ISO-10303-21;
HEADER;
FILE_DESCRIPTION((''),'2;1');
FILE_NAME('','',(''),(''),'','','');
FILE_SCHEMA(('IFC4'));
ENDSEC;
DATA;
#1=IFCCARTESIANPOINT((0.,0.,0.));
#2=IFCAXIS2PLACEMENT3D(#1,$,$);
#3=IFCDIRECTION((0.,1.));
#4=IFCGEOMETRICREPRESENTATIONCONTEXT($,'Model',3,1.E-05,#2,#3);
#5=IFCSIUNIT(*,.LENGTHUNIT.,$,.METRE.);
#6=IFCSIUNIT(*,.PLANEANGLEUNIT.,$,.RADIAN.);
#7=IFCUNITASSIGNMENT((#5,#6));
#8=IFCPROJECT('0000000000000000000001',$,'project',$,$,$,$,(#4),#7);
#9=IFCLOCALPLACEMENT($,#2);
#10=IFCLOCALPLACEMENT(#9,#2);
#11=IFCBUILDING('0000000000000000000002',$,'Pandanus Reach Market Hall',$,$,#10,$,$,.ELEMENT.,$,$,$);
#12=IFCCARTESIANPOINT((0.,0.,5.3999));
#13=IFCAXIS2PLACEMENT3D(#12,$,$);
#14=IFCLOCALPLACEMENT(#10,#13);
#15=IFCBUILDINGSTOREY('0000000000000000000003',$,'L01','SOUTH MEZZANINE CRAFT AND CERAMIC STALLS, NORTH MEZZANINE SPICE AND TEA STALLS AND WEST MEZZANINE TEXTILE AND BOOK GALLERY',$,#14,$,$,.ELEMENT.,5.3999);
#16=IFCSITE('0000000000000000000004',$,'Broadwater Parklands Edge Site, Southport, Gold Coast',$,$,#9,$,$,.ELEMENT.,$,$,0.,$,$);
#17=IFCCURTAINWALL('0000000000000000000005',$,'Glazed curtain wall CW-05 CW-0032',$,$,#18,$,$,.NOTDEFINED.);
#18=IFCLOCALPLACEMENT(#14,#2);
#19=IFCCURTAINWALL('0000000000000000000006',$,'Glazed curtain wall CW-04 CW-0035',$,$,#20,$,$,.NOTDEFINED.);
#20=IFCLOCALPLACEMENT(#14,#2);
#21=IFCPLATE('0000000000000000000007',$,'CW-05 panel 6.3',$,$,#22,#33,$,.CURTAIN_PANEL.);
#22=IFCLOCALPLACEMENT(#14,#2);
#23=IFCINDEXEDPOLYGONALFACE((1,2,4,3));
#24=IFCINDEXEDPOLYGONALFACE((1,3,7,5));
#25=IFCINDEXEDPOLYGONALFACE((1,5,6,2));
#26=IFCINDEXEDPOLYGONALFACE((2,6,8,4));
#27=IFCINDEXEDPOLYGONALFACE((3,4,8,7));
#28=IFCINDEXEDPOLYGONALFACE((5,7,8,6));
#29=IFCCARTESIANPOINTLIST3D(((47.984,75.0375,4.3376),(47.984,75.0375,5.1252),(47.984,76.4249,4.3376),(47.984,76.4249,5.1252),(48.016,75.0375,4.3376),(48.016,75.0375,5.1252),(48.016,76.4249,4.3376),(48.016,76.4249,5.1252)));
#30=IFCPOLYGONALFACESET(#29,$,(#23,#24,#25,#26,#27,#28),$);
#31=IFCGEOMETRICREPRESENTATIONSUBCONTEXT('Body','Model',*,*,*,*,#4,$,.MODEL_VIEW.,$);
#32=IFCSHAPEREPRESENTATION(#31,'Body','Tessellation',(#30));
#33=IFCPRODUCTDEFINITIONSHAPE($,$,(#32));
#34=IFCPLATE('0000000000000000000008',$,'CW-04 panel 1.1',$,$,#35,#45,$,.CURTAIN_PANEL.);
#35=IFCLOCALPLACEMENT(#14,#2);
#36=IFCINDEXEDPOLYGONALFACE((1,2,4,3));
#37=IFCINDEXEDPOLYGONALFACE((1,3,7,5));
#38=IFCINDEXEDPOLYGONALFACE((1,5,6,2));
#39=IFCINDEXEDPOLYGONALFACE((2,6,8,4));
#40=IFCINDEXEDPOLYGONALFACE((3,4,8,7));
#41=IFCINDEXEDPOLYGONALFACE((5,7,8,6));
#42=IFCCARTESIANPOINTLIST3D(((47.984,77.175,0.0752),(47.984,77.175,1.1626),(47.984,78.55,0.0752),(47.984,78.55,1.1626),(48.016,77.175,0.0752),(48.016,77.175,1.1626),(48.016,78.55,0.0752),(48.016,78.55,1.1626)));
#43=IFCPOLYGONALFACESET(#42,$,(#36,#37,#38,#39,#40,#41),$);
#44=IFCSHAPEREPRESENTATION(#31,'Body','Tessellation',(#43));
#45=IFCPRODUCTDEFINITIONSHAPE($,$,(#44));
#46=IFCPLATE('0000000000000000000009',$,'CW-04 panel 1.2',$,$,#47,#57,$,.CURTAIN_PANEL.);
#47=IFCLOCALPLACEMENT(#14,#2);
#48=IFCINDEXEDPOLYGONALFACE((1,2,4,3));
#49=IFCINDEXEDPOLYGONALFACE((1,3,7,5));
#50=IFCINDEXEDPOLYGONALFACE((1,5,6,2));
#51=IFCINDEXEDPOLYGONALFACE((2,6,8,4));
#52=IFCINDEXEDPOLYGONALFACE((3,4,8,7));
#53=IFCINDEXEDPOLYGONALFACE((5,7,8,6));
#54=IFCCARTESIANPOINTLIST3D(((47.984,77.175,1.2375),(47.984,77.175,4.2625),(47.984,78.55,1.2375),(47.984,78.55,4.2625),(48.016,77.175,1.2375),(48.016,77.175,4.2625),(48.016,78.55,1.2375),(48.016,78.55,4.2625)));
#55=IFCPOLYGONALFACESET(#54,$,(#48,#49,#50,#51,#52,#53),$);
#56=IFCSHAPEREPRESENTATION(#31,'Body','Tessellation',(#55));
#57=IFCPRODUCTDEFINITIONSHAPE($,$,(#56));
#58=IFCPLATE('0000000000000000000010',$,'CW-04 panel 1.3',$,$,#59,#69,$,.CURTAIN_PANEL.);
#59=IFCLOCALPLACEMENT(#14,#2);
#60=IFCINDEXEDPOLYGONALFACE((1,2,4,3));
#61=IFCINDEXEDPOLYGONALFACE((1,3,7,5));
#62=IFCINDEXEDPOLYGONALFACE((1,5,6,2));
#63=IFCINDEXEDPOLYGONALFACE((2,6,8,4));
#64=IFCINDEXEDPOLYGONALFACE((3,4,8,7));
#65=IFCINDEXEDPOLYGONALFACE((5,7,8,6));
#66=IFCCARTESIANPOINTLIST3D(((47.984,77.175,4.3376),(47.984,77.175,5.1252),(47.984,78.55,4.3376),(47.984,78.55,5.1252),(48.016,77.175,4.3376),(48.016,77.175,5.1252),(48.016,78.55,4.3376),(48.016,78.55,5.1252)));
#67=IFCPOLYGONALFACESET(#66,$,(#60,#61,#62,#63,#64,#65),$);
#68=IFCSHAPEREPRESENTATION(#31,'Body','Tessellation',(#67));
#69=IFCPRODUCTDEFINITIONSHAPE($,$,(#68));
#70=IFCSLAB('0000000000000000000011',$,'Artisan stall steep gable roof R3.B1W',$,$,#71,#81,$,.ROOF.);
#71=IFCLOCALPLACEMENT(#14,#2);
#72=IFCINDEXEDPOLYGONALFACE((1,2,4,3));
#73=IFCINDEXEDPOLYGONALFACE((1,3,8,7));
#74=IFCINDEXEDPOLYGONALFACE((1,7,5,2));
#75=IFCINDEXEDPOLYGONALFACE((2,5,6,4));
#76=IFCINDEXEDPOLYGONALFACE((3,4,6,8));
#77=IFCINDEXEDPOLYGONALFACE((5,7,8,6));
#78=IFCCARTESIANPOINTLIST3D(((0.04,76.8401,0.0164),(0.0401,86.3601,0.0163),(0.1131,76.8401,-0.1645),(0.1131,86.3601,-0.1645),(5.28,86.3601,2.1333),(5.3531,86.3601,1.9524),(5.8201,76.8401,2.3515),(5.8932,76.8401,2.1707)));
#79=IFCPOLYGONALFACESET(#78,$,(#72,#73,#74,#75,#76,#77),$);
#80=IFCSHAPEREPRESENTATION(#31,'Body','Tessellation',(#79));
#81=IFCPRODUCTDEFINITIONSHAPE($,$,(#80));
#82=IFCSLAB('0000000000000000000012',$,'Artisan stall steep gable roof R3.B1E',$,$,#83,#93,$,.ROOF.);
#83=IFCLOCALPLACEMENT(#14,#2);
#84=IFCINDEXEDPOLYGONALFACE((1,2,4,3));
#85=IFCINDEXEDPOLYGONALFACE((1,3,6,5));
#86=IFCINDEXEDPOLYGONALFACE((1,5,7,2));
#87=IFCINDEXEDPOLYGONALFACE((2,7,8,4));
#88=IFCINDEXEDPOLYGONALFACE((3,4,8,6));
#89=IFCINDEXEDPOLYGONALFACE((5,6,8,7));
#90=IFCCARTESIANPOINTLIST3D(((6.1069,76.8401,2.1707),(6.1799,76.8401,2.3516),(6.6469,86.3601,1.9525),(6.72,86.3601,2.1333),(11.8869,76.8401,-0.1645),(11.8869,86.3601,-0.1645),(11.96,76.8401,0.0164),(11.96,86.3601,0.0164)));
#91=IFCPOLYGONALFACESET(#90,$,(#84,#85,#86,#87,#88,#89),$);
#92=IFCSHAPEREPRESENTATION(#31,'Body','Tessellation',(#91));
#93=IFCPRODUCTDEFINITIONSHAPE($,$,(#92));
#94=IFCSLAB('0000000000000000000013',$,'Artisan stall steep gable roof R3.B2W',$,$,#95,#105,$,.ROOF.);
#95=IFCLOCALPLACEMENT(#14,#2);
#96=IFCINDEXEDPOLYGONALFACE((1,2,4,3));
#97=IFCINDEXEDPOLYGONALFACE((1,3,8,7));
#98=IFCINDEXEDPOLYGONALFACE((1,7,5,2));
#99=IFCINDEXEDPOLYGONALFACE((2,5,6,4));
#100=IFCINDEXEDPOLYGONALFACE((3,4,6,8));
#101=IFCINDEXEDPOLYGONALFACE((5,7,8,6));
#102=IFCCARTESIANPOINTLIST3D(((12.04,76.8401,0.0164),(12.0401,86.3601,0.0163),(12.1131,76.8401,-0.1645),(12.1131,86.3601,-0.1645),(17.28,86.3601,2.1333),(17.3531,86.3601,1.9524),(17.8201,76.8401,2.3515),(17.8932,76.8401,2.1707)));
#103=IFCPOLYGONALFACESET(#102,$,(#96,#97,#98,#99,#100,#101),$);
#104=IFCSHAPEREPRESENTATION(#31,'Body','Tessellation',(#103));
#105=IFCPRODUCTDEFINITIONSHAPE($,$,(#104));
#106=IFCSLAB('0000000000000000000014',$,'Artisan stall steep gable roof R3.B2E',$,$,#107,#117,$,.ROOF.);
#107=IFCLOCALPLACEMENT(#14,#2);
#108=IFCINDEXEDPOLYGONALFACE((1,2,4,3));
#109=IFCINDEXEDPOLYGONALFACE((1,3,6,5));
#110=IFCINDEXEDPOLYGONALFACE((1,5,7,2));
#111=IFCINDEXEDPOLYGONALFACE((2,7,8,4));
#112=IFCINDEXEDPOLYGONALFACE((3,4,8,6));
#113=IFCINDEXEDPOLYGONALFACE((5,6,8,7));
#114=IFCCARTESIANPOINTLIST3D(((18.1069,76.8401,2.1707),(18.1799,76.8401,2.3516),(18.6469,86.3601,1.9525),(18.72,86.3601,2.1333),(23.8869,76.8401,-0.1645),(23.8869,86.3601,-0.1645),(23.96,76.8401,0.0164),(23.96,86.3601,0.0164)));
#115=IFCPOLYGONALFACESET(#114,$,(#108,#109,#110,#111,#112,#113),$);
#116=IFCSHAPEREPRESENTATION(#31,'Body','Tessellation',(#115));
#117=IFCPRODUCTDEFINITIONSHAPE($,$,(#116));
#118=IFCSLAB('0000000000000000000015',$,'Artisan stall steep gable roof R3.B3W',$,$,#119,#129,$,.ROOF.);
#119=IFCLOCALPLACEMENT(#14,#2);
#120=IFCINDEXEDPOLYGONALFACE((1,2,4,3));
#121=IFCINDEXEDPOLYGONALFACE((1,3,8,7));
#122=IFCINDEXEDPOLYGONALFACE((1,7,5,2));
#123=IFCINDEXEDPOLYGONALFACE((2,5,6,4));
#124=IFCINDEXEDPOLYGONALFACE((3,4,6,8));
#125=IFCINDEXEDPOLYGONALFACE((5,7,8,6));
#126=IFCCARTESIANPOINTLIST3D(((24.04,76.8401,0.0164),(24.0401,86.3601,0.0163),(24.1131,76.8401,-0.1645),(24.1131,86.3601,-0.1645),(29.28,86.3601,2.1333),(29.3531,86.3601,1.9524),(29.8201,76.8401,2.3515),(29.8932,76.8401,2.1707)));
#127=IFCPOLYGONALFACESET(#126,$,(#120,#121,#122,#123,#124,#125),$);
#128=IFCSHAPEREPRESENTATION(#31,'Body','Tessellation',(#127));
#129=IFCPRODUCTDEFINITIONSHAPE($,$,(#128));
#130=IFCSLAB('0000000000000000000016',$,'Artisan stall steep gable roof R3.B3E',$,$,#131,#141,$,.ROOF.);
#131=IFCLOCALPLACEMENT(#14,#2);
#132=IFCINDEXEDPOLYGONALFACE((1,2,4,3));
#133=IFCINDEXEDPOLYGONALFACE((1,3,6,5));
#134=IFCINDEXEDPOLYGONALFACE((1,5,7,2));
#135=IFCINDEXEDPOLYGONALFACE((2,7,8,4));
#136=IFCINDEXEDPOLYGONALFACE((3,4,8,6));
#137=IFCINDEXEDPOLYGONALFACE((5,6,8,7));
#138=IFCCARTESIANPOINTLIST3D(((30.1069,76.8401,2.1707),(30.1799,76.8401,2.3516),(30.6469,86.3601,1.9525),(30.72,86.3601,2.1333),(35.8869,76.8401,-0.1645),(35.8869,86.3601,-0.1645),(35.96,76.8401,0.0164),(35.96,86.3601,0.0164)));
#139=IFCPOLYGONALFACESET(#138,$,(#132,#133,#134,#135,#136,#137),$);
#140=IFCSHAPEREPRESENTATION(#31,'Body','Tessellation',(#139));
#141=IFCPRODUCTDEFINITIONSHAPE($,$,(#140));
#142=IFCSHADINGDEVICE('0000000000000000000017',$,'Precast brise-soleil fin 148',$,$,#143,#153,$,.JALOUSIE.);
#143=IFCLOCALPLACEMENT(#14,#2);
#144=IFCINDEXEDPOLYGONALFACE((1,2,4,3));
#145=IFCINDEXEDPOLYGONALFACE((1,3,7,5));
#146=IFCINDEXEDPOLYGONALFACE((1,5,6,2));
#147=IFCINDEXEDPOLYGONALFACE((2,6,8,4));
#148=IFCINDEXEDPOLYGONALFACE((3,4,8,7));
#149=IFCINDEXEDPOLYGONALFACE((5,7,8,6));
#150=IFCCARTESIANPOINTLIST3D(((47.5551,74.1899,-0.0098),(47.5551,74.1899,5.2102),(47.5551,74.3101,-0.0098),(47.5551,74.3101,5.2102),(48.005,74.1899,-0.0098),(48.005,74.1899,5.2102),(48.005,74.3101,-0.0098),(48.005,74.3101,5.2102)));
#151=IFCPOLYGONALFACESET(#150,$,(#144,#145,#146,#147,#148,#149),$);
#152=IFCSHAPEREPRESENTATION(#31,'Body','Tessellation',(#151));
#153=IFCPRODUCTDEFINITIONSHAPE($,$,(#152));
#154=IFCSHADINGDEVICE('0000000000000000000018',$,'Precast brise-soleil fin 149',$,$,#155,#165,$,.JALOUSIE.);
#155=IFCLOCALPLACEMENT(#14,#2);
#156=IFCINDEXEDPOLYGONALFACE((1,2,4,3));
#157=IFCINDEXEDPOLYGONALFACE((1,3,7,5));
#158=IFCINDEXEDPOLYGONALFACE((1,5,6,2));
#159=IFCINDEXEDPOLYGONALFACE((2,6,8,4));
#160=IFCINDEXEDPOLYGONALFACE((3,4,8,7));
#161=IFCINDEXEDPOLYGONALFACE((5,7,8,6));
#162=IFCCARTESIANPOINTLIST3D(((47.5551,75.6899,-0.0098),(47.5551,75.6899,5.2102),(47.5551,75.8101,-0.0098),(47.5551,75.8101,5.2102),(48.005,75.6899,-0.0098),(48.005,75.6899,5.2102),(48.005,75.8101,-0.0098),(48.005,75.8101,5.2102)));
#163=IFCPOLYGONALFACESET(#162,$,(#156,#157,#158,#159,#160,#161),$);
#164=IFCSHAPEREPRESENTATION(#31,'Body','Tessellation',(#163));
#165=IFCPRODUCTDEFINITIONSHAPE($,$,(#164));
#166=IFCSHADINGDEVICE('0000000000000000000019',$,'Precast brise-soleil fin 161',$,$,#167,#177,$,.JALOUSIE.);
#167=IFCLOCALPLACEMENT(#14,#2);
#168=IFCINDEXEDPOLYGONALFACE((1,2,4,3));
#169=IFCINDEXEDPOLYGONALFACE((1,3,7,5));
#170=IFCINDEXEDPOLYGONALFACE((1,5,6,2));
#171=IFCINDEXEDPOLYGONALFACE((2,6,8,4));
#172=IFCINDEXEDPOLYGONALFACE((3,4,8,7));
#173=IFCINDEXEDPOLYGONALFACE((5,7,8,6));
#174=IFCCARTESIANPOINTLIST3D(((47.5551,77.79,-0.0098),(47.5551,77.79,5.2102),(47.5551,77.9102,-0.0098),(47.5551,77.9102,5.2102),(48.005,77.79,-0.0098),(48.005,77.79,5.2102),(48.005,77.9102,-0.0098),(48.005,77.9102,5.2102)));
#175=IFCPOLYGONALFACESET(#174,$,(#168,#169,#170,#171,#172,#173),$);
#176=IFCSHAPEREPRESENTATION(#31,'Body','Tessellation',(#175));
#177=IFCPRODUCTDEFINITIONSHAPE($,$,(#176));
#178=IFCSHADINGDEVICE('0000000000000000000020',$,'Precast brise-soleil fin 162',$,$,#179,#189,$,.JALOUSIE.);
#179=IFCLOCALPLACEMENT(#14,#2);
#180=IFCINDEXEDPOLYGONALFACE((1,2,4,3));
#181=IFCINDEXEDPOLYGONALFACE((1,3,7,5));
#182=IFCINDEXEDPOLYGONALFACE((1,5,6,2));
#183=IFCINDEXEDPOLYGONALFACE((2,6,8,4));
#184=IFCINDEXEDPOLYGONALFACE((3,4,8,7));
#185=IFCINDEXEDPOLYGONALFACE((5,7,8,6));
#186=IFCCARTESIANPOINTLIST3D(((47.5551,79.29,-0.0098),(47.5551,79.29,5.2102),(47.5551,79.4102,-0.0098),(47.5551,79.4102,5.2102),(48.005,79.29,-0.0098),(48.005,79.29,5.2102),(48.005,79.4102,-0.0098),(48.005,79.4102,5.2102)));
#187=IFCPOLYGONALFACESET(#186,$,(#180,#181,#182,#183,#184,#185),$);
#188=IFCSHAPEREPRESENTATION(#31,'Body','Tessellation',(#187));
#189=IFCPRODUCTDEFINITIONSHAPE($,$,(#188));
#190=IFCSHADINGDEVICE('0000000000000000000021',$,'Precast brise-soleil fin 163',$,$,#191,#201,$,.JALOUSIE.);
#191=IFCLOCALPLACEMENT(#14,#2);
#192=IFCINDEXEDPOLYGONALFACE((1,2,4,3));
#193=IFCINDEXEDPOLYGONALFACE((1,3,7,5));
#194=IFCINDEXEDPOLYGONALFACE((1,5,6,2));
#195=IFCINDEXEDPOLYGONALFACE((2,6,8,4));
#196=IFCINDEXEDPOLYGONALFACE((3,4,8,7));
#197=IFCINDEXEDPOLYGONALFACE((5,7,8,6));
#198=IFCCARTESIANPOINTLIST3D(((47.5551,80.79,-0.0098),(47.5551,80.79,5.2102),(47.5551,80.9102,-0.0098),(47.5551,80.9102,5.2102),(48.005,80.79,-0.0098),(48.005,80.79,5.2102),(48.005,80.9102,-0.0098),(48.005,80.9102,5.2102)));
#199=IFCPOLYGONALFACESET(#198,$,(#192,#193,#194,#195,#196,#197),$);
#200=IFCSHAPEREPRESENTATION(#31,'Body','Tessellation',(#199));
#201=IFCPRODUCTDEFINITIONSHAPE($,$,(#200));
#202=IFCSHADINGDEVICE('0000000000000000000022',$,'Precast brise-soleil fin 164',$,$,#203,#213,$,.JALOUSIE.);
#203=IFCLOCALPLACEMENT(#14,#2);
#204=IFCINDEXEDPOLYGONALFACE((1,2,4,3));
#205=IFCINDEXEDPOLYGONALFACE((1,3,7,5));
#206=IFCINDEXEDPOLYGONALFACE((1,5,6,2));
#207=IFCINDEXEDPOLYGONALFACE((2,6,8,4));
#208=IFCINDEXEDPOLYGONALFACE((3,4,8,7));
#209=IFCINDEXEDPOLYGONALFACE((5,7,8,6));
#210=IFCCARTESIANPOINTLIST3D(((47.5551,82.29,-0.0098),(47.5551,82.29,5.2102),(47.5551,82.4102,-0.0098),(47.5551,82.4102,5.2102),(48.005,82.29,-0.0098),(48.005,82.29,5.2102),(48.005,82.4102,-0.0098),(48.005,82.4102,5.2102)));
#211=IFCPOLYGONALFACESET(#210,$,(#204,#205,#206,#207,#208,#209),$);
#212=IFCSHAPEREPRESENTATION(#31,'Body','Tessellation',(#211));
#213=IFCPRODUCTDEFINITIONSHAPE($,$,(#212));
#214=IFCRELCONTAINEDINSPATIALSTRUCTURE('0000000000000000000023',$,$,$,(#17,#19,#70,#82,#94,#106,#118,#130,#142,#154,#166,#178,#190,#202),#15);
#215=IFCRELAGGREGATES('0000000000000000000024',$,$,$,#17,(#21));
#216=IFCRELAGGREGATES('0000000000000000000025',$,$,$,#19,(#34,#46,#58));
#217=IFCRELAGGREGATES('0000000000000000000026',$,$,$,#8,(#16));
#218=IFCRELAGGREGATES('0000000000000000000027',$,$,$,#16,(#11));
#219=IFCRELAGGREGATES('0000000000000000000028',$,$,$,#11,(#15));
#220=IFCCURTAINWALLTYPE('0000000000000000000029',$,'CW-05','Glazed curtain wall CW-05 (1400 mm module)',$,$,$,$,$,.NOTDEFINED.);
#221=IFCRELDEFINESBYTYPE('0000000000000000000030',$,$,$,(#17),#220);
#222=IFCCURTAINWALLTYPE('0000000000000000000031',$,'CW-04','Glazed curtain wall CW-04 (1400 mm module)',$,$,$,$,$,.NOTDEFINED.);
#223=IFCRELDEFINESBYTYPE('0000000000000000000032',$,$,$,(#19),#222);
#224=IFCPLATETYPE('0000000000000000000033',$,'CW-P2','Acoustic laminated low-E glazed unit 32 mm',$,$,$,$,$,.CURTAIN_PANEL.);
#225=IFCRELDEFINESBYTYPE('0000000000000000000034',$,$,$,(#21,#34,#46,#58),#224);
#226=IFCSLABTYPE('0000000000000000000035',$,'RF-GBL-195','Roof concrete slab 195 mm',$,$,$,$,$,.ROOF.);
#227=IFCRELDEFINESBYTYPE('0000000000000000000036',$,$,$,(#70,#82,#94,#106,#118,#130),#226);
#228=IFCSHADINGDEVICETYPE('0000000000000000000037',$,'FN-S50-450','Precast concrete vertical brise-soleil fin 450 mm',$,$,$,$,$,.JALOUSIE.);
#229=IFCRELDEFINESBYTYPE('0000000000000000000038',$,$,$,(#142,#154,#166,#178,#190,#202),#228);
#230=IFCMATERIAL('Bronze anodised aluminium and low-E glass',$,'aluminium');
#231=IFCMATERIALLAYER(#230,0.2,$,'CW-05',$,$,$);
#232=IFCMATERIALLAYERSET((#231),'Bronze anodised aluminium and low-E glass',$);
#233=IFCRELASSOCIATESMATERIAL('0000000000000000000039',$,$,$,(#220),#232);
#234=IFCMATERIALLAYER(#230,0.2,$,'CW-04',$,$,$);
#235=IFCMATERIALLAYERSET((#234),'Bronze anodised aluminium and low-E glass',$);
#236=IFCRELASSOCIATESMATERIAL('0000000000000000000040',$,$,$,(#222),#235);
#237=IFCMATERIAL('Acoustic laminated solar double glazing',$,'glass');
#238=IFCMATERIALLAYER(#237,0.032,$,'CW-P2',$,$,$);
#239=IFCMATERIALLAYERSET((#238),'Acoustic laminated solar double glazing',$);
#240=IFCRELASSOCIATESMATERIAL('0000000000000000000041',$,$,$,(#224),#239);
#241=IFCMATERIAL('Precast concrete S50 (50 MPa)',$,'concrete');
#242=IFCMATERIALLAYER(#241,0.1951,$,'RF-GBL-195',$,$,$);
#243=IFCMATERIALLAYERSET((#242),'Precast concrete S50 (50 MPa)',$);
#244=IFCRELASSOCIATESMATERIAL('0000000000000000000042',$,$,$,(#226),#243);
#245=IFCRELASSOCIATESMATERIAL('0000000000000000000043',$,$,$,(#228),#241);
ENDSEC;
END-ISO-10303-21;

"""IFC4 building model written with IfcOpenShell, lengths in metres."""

from ifc_helpers import new_model, si_unit, direction, frame, origin, origin_2d, place, context, subcontext, project, spatial, polyline, rectangle, outline, extrude, material, layer, layer_set, type_object, element, aggregate, save


model = new_model("IFC4")

# Units and contexts
model_context = context("Model", 3, precision=1e-05, world=origin(), true_north=direction((0.0, 1.0)))
body_context = subcontext(model_context, "Body", "Model", "MODEL_VIEW")
ifc_project = project(units=[si_unit("LENGTHUNIT", "METRE"), si_unit("PLANEANGLEUNIT", "RADIAN")], contexts=[model_context])

# Site, building, storey
site_placement = place(None, origin())
site = spatial("IfcSite", under=ifc_project, at=site_placement, Name="Broadwater Parklands Edge Site, Southport, Gold Coast", CompositionType="ELEMENT", RefElevation=0.0)
building_placement = place(site_placement, origin())
building = spatial("IfcBuilding", under=site, at=building_placement, Name="Pandanus Reach Market Hall", CompositionType="ELEMENT")
storey_placement = place(building_placement, frame((0.0, 0.0, 5.3999)))
storey = spatial("IfcBuildingStorey", under=building, at=storey_placement, Name="L01", Description="SOUTH MEZZANINE CRAFT AND CERAMIC STALLS, NORTH MEZZANINE SPICE AND TEA STALLS AND WEST MEZZANINE TEXTILE AND BOOK GALLERY", CompositionType="ELEMENT", Elevation=5.3999)

# Curtain walls
ifc_material_1 = material(Name="Bronze anodised aluminium and low-E glass", Category="aluminium")
ifc_layer_1 = layer(ifc_material_1, 0.2, Name="CW-05")
ifc_layer_set_1 = layer_set([ifc_layer_1], Name="Bronze anodised aluminium and low-E glass")
curtain_wall_type_1 = type_object("IfcCurtainWallType", Name="CW-05", Description="Glazed curtain wall CW-05 (1400 mm module)", PredefinedType="NOTDEFINED", material=ifc_layer_set_1)
curtain_wall_1_placement = place(storey_placement, origin())
curtain_wall_1 = element("IfcCurtainWall", 1, at=curtain_wall_1_placement, inside=storey, type_object=curtain_wall_type_1, Name="Glazed curtain wall CW-05 CW-0032", PredefinedType="NOTDEFINED")
ifc_layer_2 = layer(ifc_material_1, 0.2, Name="CW-04")
ifc_layer_set_2 = layer_set([ifc_layer_2], Name="Bronze anodised aluminium and low-E glass")
curtain_wall_type_2 = type_object("IfcCurtainWallType", Name="CW-04", Description="Glazed curtain wall CW-04 (1400 mm module)", PredefinedType="NOTDEFINED", material=ifc_layer_set_2)
curtain_wall_2_placement = place(storey_placement, origin())
curtain_wall_2 = element("IfcCurtainWall", 2, at=curtain_wall_2_placement, inside=storey, type_object=curtain_wall_type_2, Name="Glazed curtain wall CW-04 CW-0035", PredefinedType="NOTDEFINED")

# Plates
ifc_material_2 = material(Name="Acoustic laminated solar double glazing", Category="glass")
ifc_layer_3 = layer(ifc_material_2, 0.032, Name="CW-P2")
ifc_layer_set_3 = layer_set([ifc_layer_3], Name="Acoustic laminated solar double glazing")
plate_type = type_object("IfcPlateType", Name="CW-P2", Description="Acoustic laminated low-E glazed unit 32 mm", PredefinedType="CURTAIN_PANEL", material=ifc_layer_set_3)
plate_1_placement = place(storey_placement, frame((48.0, 75.7312, 4.3376), z_axis=(0.0, 0.0, 1.0), x_axis=(0.0, 1.0, 0.0)))
plate_1 = element("IfcPlate", 3, at=plate_1_placement, type_object=plate_type, Name="CW-05 panel 6.3", PredefinedType="CURTAIN_PANEL", context=body_context, shape_type="SweptSolid", body=[
    extrude(rectangle(XDim=1.3875, YDim=0.032, at=origin_2d()), origin(), (0.0, 0.0, 1.0), 0.7876),
])
aggregate(curtain_wall_1, [plate_1])
plate_2_placement = place(storey_placement, frame((48.0, 77.8625, 0.0752), z_axis=(0.0, 0.0, 1.0), x_axis=(0.0, 1.0, 0.0)))
plate_2 = element("IfcPlate", 4, at=plate_2_placement, type_object=plate_type, Name="CW-04 panel 1.1", PredefinedType="CURTAIN_PANEL", context=body_context, shape_type="SweptSolid", body=[
    extrude(rectangle(XDim=1.375, YDim=0.032, at=origin_2d()), origin(), (0.0, 0.0, 1.0), 1.0874),
])
plate_3_placement = place(storey_placement, frame((48.0, 77.8625, 1.2375), z_axis=(0.0, 0.0, 1.0), x_axis=(0.0, 1.0, 0.0)))
plate_3 = element("IfcPlate", 5, at=plate_3_placement, type_object=plate_type, Name="CW-04 panel 1.2", PredefinedType="CURTAIN_PANEL", context=body_context, shape_type="SweptSolid", body=[
    extrude(rectangle(XDim=1.375, YDim=0.032, at=origin_2d()), origin(), (0.0, 0.0, 1.0), 3.0249),
])
plate_4_placement = place(storey_placement, frame((48.0, 77.8625, 4.3376), z_axis=(0.0, 0.0, 1.0), x_axis=(0.0, 1.0, 0.0)))
plate_4 = element("IfcPlate", 6, at=plate_4_placement, type_object=plate_type, Name="CW-04 panel 1.3", PredefinedType="CURTAIN_PANEL", context=body_context, shape_type="SweptSolid", body=[
    extrude(rectangle(XDim=1.375, YDim=0.032, at=origin_2d()), origin(), (0.0, 0.0, 1.0), 0.7876),
])
aggregate(curtain_wall_2, [plate_2, plate_3, plate_4])

# Slabs
ifc_material_3 = material(Name="Precast concrete S50 (50 MPa)", Category="concrete")
ifc_layer_4 = layer(ifc_material_3, 0.1951, Name="RF-GBL-195")
ifc_layer_set_4 = layer_set([ifc_layer_4], Name="Precast concrete S50 (50 MPa)")
slab_type = type_object("IfcSlabType", Name="RF-GBL-195", Description="Roof concrete slab 195 mm", PredefinedType="ROOF", material=ifc_layer_set_4)
slab_1_placement = place(storey_placement, frame((0.04, 76.8401, 0.0164), z_axis=(-0.37459, 0.000004, 0.927191), x_axis=(0.927191, 0.0, 0.37459)))
element("IfcSlab", 7, at=slab_1_placement, inside=storey, type_object=slab_type, Name="Artisan stall steep gable roof R3.B1W", PredefinedType="ROOF", context=body_context, shape_type="SweptSolid", body=[
    extrude(outline(polyline([(0.0, 0.0), (6.2339, 0.0), (5.6515, 9.52), (0.0, 9.52), (0.0, 0.0)])), origin(), (0.0, 0.0, -1.0), 0.1951),
])
slab_2_placement = place(storey_placement, frame((6.1799, 76.8401, 2.3516), z_axis=(0.37459, 0.000004, 0.927191), x_axis=(0.927191, 0.0, -0.37459)))
element("IfcSlab", 8, at=slab_2_placement, inside=storey, type_object=slab_type, Name="Artisan stall steep gable roof R3.B1E", PredefinedType="ROOF", context=body_context, shape_type="SweptSolid", body=[
    extrude(outline(polyline([(0.0, 0.0), (6.2339, 0.0), (6.2339, 9.52), (0.5825, 9.52), (0.0, 0.0)])), origin(), (0.0, 0.0, -1.0), 0.1951),
])
slab_3_placement = place(storey_placement, frame((12.04, 76.8401, 0.0164), z_axis=(-0.37459, 0.000004, 0.927191), x_axis=(0.927191, 0.0, 0.37459)))
element("IfcSlab", 9, at=slab_3_placement, inside=storey, type_object=slab_type, Name="Artisan stall steep gable roof R3.B2W", PredefinedType="ROOF", context=body_context, shape_type="SweptSolid", body=[
    extrude(outline(polyline([(0.0, 0.0), (6.2339, 0.0), (5.6515, 9.52), (0.0, 9.52), (0.0, 0.0)])), origin(), (0.0, 0.0, -1.0), 0.1951),
])
slab_4_placement = place(storey_placement, frame((18.1799, 76.8401, 2.3516), z_axis=(0.37459, 0.000004, 0.927191), x_axis=(0.927191, 0.0, -0.37459)))
element("IfcSlab", 10, at=slab_4_placement, inside=storey, type_object=slab_type, Name="Artisan stall steep gable roof R3.B2E", PredefinedType="ROOF", context=body_context, shape_type="SweptSolid", body=[
    extrude(outline(polyline([(0.0, 0.0), (6.2339, 0.0), (6.2339, 9.52), (0.5825, 9.52), (0.0, 0.0)])), origin(), (0.0, 0.0, -1.0), 0.1951),
])
slab_5_placement = place(storey_placement, frame((24.04, 76.8401, 0.0164), z_axis=(-0.37459, 0.000004, 0.927191), x_axis=(0.927191, 0.0, 0.37459)))
element("IfcSlab", 11, at=slab_5_placement, inside=storey, type_object=slab_type, Name="Artisan stall steep gable roof R3.B3W", PredefinedType="ROOF", context=body_context, shape_type="SweptSolid", body=[
    extrude(outline(polyline([(0.0, 0.0), (6.2339, 0.0), (5.6515, 9.52), (0.0, 9.52), (0.0, 0.0)])), origin(), (0.0, 0.0, -1.0), 0.1951),
])
slab_6_placement = place(storey_placement, frame((30.1799, 76.8401, 2.3516), z_axis=(0.37459, 0.000004, 0.927191), x_axis=(0.927191, 0.0, -0.37459)))
element("IfcSlab", 12, at=slab_6_placement, inside=storey, type_object=slab_type, Name="Artisan stall steep gable roof R3.B3E", PredefinedType="ROOF", context=body_context, shape_type="SweptSolid", body=[
    extrude(outline(polyline([(0.0, 0.0), (6.2339, 0.0), (6.2339, 9.52), (0.5825, 9.52), (0.0, 0.0)])), origin(), (0.0, 0.0, -1.0), 0.1951),
])

# Shading devices
shading_device_type = type_object("IfcShadingDeviceType", Name="FN-S50-450", Description="Precast concrete vertical brise-soleil fin 450 mm", PredefinedType="JALOUSIE", material=ifc_material_3)
for number, where, z_axis, x_axis, name in (
    (13, (47.78, 74.25, -0.0098), (0.0, 0.0, 1.0), (-1.0, 0.0, 0.0), "Precast brise-soleil fin 148"),
    (14, (47.78, 75.75, -0.0098), (0.0, 0.0, 1.0), (-1.0, 0.0, 0.0), "Precast brise-soleil fin 149"),
    (15, (47.78, 77.8501, -0.0098), (0.0, 0.0, 1.0), (-1.0, 0.0, 0.0), "Precast brise-soleil fin 161"),
    (16, (47.78, 79.3501, -0.0098), (0.0, 0.0, 1.0), (-1.0, 0.0, 0.0), "Precast brise-soleil fin 162"),
    (17, (47.78, 80.8501, -0.0098), (0.0, 0.0, 1.0), (-1.0, 0.0, 0.0), "Precast brise-soleil fin 163"),
    (18, (47.78, 82.3501, -0.0098), (0.0, 0.0, 1.0), (-1.0, 0.0, 0.0), "Precast brise-soleil fin 164"),
):
    element("IfcShadingDevice", number, at=place(storey_placement, frame(where, z_axis=z_axis, x_axis=x_axis)), inside=storey, type_object=shading_device_type, Name=name, PredefinedType="JALOUSIE", context=body_context, shape_type="SweptSolid", body=[
        extrude(rectangle(XDim=0.45, YDim=0.1201, at=origin_2d()), origin(), (0.0, 0.0, 1.0), 5.22),
    ])

save(model, "model.ifc")
